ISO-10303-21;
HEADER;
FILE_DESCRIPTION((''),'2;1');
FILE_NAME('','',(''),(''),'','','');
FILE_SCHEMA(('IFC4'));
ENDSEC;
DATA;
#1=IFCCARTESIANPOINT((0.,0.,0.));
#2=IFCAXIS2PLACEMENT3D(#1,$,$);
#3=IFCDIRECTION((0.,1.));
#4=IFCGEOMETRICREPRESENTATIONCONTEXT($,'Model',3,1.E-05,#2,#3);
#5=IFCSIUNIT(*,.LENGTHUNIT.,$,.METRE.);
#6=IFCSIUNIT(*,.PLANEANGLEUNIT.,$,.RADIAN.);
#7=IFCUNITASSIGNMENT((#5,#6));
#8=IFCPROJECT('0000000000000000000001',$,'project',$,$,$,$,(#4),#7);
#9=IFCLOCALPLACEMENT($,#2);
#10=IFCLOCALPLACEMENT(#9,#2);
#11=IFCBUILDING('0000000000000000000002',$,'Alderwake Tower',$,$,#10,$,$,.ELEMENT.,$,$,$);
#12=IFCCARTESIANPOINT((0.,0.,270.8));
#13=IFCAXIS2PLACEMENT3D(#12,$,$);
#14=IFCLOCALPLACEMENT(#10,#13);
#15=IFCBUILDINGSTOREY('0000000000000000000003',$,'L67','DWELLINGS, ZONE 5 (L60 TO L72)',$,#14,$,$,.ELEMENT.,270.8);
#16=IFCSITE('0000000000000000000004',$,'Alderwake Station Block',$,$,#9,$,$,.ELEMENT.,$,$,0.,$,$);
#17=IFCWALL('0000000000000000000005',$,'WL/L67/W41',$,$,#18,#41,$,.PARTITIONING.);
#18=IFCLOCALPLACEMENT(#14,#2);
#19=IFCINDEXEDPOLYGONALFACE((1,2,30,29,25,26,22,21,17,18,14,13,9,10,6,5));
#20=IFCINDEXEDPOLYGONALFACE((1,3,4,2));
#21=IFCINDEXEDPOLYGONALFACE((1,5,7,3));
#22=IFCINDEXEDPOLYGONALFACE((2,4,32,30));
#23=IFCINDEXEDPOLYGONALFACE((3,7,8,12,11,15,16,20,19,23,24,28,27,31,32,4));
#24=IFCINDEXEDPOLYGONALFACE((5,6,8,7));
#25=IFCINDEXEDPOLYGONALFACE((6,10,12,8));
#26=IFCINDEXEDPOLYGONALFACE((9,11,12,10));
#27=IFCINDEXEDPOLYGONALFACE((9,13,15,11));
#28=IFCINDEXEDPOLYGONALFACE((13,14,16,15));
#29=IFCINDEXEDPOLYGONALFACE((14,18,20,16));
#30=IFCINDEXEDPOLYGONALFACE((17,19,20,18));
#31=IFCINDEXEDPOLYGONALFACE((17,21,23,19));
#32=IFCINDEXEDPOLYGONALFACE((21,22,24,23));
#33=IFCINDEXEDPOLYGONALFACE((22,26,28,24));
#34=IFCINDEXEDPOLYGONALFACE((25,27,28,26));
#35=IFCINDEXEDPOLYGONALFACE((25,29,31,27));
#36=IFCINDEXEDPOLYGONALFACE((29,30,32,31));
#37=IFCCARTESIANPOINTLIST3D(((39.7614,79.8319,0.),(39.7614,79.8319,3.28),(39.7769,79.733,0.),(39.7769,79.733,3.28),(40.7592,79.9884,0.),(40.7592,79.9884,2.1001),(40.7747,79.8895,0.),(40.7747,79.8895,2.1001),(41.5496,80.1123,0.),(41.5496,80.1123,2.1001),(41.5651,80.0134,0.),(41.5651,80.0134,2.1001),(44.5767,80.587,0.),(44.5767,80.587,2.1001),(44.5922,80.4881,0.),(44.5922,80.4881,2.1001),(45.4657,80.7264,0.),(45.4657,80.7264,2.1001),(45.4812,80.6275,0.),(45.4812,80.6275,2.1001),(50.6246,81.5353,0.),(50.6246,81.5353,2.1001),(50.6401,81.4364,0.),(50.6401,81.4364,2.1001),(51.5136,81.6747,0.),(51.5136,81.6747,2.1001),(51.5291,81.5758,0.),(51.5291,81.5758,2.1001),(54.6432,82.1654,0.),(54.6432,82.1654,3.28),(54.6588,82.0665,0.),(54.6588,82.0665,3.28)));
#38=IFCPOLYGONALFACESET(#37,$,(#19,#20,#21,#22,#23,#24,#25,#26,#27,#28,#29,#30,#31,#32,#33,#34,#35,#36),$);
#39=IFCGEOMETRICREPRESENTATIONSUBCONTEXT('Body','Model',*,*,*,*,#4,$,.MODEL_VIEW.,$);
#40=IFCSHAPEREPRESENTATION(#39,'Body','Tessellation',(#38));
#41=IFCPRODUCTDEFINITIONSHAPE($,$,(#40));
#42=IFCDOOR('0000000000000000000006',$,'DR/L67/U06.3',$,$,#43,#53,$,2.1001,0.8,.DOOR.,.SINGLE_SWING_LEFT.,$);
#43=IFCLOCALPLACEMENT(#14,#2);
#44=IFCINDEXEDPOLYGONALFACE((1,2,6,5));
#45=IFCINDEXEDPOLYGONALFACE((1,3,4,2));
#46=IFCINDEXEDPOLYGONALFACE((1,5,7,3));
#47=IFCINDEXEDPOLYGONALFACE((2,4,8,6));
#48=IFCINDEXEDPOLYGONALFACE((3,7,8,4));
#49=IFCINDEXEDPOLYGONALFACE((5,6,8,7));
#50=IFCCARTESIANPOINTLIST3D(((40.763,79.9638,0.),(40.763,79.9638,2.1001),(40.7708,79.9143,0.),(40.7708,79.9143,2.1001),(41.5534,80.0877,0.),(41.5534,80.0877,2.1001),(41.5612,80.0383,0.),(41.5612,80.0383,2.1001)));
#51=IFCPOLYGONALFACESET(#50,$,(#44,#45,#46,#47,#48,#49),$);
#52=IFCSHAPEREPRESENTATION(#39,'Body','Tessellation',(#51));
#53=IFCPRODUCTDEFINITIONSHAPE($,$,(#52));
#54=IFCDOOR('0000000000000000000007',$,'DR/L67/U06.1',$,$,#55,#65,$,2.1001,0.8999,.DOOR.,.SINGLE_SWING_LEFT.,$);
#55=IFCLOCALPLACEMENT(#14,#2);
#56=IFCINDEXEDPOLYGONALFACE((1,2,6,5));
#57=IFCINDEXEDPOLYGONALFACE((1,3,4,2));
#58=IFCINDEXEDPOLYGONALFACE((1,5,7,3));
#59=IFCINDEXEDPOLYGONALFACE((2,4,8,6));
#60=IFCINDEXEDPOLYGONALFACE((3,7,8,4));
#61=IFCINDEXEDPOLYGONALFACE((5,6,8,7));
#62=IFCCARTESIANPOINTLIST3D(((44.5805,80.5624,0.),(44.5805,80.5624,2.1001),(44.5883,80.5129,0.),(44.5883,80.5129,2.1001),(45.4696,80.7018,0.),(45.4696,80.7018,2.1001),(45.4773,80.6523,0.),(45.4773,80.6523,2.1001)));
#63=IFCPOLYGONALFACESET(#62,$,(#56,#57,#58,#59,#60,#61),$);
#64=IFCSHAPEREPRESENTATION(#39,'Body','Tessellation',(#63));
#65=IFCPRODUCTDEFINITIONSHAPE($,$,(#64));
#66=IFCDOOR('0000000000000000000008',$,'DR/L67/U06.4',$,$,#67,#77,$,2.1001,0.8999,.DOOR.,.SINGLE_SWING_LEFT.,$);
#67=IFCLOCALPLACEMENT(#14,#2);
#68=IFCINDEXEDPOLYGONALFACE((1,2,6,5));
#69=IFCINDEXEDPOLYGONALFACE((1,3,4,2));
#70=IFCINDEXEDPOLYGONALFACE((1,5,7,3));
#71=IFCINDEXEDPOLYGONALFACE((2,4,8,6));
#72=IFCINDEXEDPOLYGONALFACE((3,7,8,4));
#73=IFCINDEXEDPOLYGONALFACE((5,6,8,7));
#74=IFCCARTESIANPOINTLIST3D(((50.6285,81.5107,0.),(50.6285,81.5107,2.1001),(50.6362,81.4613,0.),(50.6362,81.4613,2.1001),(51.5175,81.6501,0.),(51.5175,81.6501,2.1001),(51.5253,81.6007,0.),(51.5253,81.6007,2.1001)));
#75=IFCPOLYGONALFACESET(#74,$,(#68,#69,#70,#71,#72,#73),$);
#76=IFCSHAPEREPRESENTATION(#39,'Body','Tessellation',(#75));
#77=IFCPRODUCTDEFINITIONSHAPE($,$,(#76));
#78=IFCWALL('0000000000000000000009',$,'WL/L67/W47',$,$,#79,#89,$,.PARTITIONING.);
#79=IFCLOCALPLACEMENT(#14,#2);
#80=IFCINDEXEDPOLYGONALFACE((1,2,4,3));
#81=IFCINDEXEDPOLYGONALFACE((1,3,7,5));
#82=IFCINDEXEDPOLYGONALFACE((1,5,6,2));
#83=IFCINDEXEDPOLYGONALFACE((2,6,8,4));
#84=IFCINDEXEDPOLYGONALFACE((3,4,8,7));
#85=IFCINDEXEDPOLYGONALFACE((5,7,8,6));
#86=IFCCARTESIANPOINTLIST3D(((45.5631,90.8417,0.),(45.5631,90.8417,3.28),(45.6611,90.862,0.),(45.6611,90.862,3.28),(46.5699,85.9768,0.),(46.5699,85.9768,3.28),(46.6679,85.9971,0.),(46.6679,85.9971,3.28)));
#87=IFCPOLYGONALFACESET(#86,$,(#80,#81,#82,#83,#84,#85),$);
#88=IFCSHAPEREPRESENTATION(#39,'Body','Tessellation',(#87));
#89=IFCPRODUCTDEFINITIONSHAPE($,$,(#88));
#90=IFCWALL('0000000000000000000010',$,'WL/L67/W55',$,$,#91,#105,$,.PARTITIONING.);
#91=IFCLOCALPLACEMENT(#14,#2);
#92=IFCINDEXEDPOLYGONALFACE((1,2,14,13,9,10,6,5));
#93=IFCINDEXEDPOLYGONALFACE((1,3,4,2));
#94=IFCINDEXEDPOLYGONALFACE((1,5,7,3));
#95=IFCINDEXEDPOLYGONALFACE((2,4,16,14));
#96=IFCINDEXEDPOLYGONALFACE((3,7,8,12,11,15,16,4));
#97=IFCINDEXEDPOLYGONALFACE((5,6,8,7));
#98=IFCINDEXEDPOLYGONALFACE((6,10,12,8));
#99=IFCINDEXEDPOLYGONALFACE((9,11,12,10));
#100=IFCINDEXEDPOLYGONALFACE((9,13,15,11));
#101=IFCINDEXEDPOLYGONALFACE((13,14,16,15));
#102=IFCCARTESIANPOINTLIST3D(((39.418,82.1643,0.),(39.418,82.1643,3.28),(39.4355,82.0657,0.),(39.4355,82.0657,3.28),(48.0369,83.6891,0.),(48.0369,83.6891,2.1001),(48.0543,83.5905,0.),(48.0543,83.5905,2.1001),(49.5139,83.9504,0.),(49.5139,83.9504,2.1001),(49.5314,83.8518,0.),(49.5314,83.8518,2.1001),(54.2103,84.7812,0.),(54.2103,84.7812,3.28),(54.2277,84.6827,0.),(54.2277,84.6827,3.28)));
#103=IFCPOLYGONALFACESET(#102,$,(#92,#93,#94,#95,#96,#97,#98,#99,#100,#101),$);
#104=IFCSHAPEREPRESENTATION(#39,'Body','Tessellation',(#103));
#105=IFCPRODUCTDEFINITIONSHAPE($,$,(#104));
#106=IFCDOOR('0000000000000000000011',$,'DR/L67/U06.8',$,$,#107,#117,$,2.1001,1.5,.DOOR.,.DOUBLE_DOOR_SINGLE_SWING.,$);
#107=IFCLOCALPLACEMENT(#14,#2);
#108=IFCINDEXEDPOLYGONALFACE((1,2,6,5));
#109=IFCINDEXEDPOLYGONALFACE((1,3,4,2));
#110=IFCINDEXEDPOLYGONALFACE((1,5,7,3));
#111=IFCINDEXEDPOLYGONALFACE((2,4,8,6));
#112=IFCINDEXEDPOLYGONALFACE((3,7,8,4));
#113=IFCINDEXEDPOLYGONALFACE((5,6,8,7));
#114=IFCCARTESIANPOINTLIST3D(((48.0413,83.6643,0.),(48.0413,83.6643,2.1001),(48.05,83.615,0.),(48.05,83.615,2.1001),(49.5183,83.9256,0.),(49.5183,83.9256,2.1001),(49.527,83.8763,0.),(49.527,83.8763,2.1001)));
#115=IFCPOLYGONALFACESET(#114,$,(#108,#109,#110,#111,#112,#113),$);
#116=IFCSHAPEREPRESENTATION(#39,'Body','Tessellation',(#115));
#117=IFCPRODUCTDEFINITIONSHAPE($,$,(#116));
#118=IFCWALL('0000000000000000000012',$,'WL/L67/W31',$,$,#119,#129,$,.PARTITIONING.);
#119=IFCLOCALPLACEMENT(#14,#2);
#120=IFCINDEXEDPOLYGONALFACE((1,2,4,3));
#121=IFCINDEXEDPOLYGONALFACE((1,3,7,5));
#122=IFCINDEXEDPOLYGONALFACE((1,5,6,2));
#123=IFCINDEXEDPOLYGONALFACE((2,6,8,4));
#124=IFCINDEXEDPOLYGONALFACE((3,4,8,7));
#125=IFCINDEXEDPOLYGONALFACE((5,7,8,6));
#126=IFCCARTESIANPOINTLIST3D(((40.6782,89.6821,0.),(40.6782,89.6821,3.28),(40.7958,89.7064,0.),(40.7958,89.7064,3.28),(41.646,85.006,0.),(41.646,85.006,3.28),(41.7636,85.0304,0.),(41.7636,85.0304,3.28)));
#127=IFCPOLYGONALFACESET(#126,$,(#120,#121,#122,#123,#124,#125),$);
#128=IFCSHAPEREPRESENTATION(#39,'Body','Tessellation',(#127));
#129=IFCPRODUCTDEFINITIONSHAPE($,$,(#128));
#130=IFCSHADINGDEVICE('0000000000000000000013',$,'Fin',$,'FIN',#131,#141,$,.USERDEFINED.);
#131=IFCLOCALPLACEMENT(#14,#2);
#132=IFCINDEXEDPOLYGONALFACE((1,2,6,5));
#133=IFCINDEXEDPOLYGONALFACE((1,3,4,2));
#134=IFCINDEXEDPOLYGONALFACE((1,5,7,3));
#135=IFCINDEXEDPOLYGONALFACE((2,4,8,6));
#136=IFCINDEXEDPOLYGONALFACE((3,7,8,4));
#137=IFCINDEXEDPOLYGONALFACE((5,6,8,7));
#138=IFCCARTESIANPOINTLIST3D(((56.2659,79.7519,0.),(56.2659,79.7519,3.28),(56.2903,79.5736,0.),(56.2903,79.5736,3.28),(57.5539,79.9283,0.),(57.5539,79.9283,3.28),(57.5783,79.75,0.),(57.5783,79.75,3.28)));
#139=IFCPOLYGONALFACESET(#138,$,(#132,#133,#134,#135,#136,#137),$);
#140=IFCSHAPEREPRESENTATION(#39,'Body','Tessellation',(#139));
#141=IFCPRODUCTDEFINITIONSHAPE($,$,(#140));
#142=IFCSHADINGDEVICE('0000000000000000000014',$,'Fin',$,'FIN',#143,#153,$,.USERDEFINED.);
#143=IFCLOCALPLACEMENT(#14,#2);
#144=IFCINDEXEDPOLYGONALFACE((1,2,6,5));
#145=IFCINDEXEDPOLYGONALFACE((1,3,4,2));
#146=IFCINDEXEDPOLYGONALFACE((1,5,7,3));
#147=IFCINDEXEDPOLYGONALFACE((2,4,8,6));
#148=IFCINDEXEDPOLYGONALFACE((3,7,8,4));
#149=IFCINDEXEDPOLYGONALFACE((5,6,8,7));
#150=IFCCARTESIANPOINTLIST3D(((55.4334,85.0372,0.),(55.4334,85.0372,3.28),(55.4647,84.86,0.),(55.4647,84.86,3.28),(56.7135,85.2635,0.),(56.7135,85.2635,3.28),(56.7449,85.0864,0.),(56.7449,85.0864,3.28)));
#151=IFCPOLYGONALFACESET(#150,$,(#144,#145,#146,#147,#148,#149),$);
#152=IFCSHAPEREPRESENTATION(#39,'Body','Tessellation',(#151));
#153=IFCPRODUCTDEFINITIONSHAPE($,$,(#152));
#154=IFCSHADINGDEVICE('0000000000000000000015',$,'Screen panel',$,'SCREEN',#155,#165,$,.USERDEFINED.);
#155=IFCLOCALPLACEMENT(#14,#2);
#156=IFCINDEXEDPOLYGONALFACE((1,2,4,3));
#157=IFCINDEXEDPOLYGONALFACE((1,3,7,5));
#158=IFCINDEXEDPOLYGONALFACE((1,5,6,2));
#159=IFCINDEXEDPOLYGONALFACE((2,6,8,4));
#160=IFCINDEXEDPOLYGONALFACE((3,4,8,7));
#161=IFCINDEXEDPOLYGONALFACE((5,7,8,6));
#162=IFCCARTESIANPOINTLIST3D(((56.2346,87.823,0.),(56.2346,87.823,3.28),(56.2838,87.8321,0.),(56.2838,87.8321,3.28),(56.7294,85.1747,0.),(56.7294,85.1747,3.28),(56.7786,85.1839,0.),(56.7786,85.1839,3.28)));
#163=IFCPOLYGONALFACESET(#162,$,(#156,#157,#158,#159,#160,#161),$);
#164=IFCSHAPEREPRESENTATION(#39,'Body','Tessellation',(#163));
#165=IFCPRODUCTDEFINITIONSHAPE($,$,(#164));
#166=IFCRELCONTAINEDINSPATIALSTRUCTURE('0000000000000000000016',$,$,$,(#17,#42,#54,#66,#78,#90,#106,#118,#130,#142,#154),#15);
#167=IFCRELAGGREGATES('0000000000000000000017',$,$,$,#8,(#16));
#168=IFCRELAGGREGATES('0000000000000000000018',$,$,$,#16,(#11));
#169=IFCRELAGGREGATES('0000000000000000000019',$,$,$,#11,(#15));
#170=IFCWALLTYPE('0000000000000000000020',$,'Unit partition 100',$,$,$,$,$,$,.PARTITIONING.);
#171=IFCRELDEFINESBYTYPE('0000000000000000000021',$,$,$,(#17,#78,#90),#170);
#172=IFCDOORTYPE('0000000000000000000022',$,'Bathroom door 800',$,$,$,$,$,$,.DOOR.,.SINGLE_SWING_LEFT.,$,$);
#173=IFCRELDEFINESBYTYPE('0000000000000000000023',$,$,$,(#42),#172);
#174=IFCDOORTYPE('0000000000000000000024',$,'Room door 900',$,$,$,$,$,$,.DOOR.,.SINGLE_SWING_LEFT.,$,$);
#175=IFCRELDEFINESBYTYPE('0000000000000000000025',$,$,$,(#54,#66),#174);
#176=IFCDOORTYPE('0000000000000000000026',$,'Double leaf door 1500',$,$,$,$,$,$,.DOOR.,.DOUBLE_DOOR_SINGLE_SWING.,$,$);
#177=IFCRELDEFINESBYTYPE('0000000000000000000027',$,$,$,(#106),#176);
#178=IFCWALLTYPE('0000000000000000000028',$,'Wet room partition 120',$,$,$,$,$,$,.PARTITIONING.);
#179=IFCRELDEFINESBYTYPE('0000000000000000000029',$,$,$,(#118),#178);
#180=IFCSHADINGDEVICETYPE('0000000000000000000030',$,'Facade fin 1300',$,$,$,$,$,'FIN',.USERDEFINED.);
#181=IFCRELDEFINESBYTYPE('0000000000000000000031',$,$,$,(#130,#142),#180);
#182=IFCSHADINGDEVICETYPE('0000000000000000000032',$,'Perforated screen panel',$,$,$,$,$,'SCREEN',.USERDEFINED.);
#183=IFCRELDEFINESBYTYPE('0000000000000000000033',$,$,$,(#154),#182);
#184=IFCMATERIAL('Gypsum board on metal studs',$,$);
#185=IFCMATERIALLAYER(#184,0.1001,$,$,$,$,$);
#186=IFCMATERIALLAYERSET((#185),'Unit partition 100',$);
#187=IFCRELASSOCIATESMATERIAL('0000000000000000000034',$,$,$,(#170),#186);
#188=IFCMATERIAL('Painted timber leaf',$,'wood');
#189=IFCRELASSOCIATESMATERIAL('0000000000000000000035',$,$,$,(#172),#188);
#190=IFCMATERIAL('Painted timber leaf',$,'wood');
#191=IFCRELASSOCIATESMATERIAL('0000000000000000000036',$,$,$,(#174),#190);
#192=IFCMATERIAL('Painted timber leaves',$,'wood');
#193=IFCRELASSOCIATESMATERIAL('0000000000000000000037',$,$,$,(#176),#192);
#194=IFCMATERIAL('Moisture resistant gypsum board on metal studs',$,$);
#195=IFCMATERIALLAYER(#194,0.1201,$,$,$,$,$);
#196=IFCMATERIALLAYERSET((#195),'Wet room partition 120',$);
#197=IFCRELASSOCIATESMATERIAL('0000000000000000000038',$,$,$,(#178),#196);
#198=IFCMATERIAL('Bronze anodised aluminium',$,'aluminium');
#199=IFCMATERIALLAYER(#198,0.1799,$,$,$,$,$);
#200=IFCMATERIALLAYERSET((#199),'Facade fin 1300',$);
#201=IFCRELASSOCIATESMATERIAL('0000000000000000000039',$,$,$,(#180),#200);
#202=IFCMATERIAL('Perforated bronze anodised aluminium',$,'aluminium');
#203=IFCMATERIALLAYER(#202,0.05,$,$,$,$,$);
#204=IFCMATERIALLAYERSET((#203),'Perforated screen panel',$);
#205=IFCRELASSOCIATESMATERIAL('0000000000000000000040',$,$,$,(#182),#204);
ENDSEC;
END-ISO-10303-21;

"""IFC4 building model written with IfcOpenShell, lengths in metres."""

from ifc_helpers import new_model, si_unit, direction, frame, frame_2d, origin, origin_2d, place, context, subcontext, project, spatial, rectangle, extrude, material, layer, layer_set, type_object, element, fill, save


model = new_model("IFC4")

# Units and contexts
model_context = context("Model", 3, precision=1e-05, world=origin(), true_north=direction((0.0, 1.0)))
body_context = subcontext(model_context, "Body", "Model", "MODEL_VIEW")
ifc_project = project(units=[si_unit("LENGTHUNIT", "METRE"), si_unit("PLANEANGLEUNIT", "RADIAN")], contexts=[model_context])

# Site, building, storey
site_placement = place(None, origin())
site = spatial("IfcSite", under=ifc_project, at=site_placement, Name="Alderwake Station Block", CompositionType="ELEMENT", RefElevation=0.0)
building_placement = place(site_placement, origin())
building = spatial("IfcBuilding", under=site, at=building_placement, Name="Alderwake Tower", CompositionType="ELEMENT")
storey_placement = place(building_placement, frame((0.0, 0.0, 270.8)))
storey = spatial("IfcBuildingStorey", under=building, at=storey_placement, Name="L67", Description="DWELLINGS, ZONE 5 (L60 TO L72)", CompositionType="ELEMENT", Elevation=270.8)

# Wall, openings, doors
ifc_material_1 = material(Name="Gypsum board on metal studs")
ifc_layer_1 = layer(ifc_material_1, 0.1001)
ifc_layer_set_1 = layer_set([ifc_layer_1], Name="Unit partition 100")
wall_type_1 = type_object("IfcWallType", Name="Unit partition 100", PredefinedType="PARTITIONING", material=ifc_layer_set_1)
ifc_material_2 = material(Name="Painted timber leaf", Category="wood")
door_type_1 = type_object("IfcDoorType", Name="Bathroom door 800", OperationType="SINGLE_SWING_LEFT", PredefinedType="DOOR", material=ifc_material_2)
ifc_material_3 = material(Name="Painted timber leaf", Category="wood")
door_type_2 = type_object("IfcDoorType", Name="Room door 900", OperationType="SINGLE_SWING_LEFT", PredefinedType="DOOR", material=ifc_material_3)
wall_1_placement = place(storey_placement, frame((54.6509, 82.116, 0.0), z_axis=(0.0, 0.0, 1.0), x_axis=(-0.987929, -0.154909, 0.0)))
wall_1 = element("IfcWall", 1, at=wall_1_placement, inside=storey, type_object=wall_type_1, Name="WL/L67/W41", PredefinedType="PARTITIONING", context=body_context, shape_type="SweptSolid", body=[
    extrude(rectangle(XDim=15.0637, YDim=0.1001, at=frame_2d((7.5317, 0.0))), origin(), (0.0, 0.0, 1.0), 3.28),
])
opening_1_placement = place(wall_1_placement, frame((9.2896, 0.0, 0.0)))
opening_1 = element("IfcOpeningElement", 2, at=opening_1_placement, cuts=wall_1, PredefinedType="OPENING", context=body_context, shape_type="SweptSolid", body=[
    extrude(rectangle(XDim=0.8999, YDim=2.1001, at=frame_2d((0.45, 1.05))), frame((0.0, 0.0601, 0.0), z_axis=(0.0, -1.0, 0.0), x_axis=(1.0, 0.0, 0.0)), (0.0, 0.0, 1.0), 0.1201),
])
opening_2_placement = place(wall_1_placement, frame((13.2537, 0.0, 0.0)))
opening_2 = element("IfcOpeningElement", 3, at=opening_2_placement, cuts=wall_1, PredefinedType="OPENING", context=body_context, shape_type="SweptSolid", body=[
    extrude(rectangle(XDim=0.8, YDim=2.1001, at=frame_2d((0.3999, 1.05))), frame((0.0, 0.0601, 0.0), z_axis=(0.0, -1.0, 0.0), x_axis=(1.0, 0.0, 0.0)), (0.0, 0.0, 1.0), 0.1201),
])
opening_3_placement = place(wall_1_placement, frame((3.1677, 0.0, 0.0)))
opening_3 = element("IfcOpeningElement", 4, at=opening_3_placement, cuts=wall_1, PredefinedType="OPENING", context=body_context, shape_type="SweptSolid", body=[
    extrude(rectangle(XDim=0.8999, YDim=2.1001, at=frame_2d((0.45, 1.05))), frame((0.0, 0.0601, 0.0), z_axis=(0.0, -1.0, 0.0), x_axis=(1.0, 0.0, 0.0)), (0.0, 0.0, 1.0), 0.1201),
])
door_1_placement = place(opening_2_placement, origin())
door_1 = element("IfcDoor", 5, at=door_1_placement, inside=storey, type_object=door_type_1, Name="DR/L67/U06.3", OperationType="SINGLE_SWING_LEFT", OverallHeight=2.1001, OverallWidth=0.8, PredefinedType="DOOR", context=body_context, shape_type="SweptSolid", body=[
    extrude(rectangle(XDim=0.8, YDim=2.1001, at=frame_2d((0.3999, 1.05))), frame((0.0, 0.0249, 0.0), z_axis=(0.0, -1.0, 0.0), x_axis=(1.0, 0.0, 0.0)), (0.0, 0.0, 1.0), 0.05),
])
fill(opening_2, door_1)
door_2_placement = place(opening_1_placement, origin())
door_2 = element("IfcDoor", 6, at=door_2_placement, inside=storey, type_object=door_type_2, Name="DR/L67/U06.1", OperationType="SINGLE_SWING_LEFT", OverallHeight=2.1001, OverallWidth=0.8999, PredefinedType="DOOR", context=body_context, shape_type="SweptSolid", body=[
    extrude(rectangle(XDim=0.8999, YDim=2.1001, at=frame_2d((0.45, 1.05))), frame((0.0, 0.0249, 0.0), z_axis=(0.0, -1.0, 0.0), x_axis=(1.0, 0.0, 0.0)), (0.0, 0.0, 1.0), 0.05),
])
fill(opening_1, door_2)
door_3_placement = place(opening_3_placement, origin())
door_3 = element("IfcDoor", 7, at=door_3_placement, inside=storey, type_object=door_type_2, Name="DR/L67/U06.4", OperationType="SINGLE_SWING_LEFT", OverallHeight=2.1001, OverallWidth=0.8999, PredefinedType="DOOR", context=body_context, shape_type="SweptSolid", body=[
    extrude(rectangle(XDim=0.8999, YDim=2.1001, at=frame_2d((0.45, 1.05))), frame((0.0, 0.0249, 0.0), z_axis=(0.0, -1.0, 0.0), x_axis=(1.0, 0.0, 0.0)), (0.0, 0.0, 1.0), 0.05),
])
fill(opening_3, door_3)

# Wall
wall_2_placement = place(storey_placement, frame((46.6189, 85.9871, 0.0), z_axis=(0.0, 0.0, 1.0), x_axis=(-0.202661, 0.979249, 0.0)))
element("IfcWall", 8, at=wall_2_placement, inside=storey, type_object=wall_type_1, Name="WL/L67/W47", PredefinedType="PARTITIONING", context=body_context, shape_type="SweptSolid", body=[
    extrude(rectangle(XDim=4.968, YDim=0.1001, at=frame_2d((2.4839, 0.0))), origin(), (0.0, 0.0, 1.0), 3.28),
])

# Wall, opening, door
wall_3_placement = place(storey_placement, frame((39.4268, 82.115, 0.0), z_axis=(0.0, 0.0, 1.0), x_axis=(0.984709, 0.174208, 0.0)))
wall_3 = element("IfcWall", 9, at=wall_3_placement, inside=storey, type_object=wall_type_1, Name="WL/L67/W55", PredefinedType="PARTITIONING", context=body_context, shape_type="SweptSolid", body=[
    extrude(rectangle(XDim=15.022, YDim=0.1001, at=frame_2d((7.511, 0.0))), origin(), (0.0, 0.0, 1.0), 3.28),
])
opening_4_placement = place(wall_3_placement, frame((8.7527, 0.0, 0.0)))
opening_4 = element("IfcOpeningElement", 10, at=opening_4_placement, cuts=wall_3, PredefinedType="OPENING", context=body_context, shape_type="SweptSolid", body=[
    extrude(rectangle(XDim=1.5, YDim=2.1001, at=frame_2d((0.75, 1.05))), frame((0.0, 0.0601, 0.0), z_axis=(0.0, -1.0, 0.0), x_axis=(1.0, 0.0, 0.0)), (0.0, 0.0, 1.0), 0.1201),
])
ifc_material_4 = material(Name="Painted timber leaves", Category="wood")
door_type_3 = type_object("IfcDoorType", Name="Double leaf door 1500", OperationType="DOUBLE_DOOR_SINGLE_SWING", PredefinedType="DOOR", material=ifc_material_4)
door_4_placement = place(opening_4_placement, origin())
door_4 = element("IfcDoor", 11, at=door_4_placement, inside=storey, type_object=door_type_3, Name="DR/L67/U06.8", OperationType="DOUBLE_DOOR_SINGLE_SWING", OverallHeight=2.1001, OverallWidth=1.5, PredefinedType="DOOR", context=body_context, shape_type="SweptSolid", body=[
    extrude(rectangle(XDim=1.5, YDim=2.1001, at=frame_2d((0.75, 1.05))), frame((0.0, 0.0249, 0.0), z_axis=(0.0, -1.0, 0.0), x_axis=(1.0, 0.0, 0.0)), (0.0, 0.0, 1.0), 0.05),
])
fill(opening_4, door_4)

# Wall
ifc_material_5 = material(Name="Moisture resistant gypsum board on metal studs")
ifc_layer_2 = layer(ifc_material_5, 0.1201)
ifc_layer_set_2 = layer_set([ifc_layer_2], Name="Wet room partition 120")
wall_type_2 = type_object("IfcWallType", Name="Wet room partition 120", PredefinedType="PARTITIONING", material=ifc_layer_set_2)
wall_4_placement = place(storey_placement, frame((41.7048, 85.0181, 0.0), z_axis=(0.0, 0.0, 1.0), x_axis=(-0.20267, 0.979247, 0.0)))
element("IfcWall", 12, at=wall_4_placement, inside=storey, type_object=wall_type_2, Name="WL/L67/W31", PredefinedType="PARTITIONING", context=body_context, shape_type="SweptSolid", body=[
    extrude(rectangle(XDim=4.7751, YDim=0.1201, at=frame_2d((2.3877, 0.0))), origin(), (0.0, 0.0, 1.0), 3.28),
])

# Shading devices
ifc_material_6 = material(Name="Bronze anodised aluminium", Category="aluminium")
ifc_layer_3 = layer(ifc_material_6, 0.1799)
ifc_layer_set_3 = layer_set([ifc_layer_3], Name="Facade fin 1300")
shading_device_type_1 = type_object("IfcShadingDeviceType", Name="Facade fin 1300", ElementType="FIN", PredefinedType="USERDEFINED", material=ifc_layer_set_3)
for number, where, z_axis, x_axis, name in (
    (13, (56.9221, 79.751, 0.0), (0.0, 0.0, 1.0), (0.990753, 0.135681, 0.0), "Fin"),
    (14, (56.0891, 85.0618, 0.0), (0.0, 0.0, 1.0), (0.984726, 0.174109, 0.0), "Fin"),
):
    element("IfcShadingDevice", number, at=place(storey_placement, frame(where, z_axis=z_axis, x_axis=x_axis)), inside=storey, type_object=shading_device_type_1, Name=name, ObjectType="FIN", PredefinedType="USERDEFINED", context=body_context, shape_type="SweptSolid", body=[
        extrude(rectangle(XDim=1.3, YDim=0.1799, at=origin_2d()), origin(), (0.0, 0.0, 1.0), 3.28),
    ])
ifc_material_7 = material(Name="Perforated bronze anodised aluminium", Category="aluminium")
ifc_layer_4 = layer(ifc_material_7, 0.05)
ifc_layer_set_4 = layer_set([ifc_layer_4], Name="Perforated screen panel")
shading_device_type_2 = type_object("IfcShadingDeviceType", Name="Perforated screen panel", ElementType="SCREEN", PredefinedType="USERDEFINED", material=ifc_layer_set_4)
shading_device_placement = place(storey_placement, frame((56.5066, 86.5034, 0.0), z_axis=(0.0, 0.0, 1.0), x_axis=(0.982991, 0.183651, 0.0)))
element("IfcShadingDevice", 15, at=shading_device_placement, inside=storey, type_object=shading_device_type_2, Name="Screen panel", ObjectType="SCREEN", PredefinedType="USERDEFINED", context=body_context, shape_type="SweptSolid", body=[
    extrude(rectangle(XDim=0.05, YDim=2.6941, at=origin_2d()), origin(), (0.0, 0.0, 1.0), 3.28),
])

save(model, "model.ifc")
